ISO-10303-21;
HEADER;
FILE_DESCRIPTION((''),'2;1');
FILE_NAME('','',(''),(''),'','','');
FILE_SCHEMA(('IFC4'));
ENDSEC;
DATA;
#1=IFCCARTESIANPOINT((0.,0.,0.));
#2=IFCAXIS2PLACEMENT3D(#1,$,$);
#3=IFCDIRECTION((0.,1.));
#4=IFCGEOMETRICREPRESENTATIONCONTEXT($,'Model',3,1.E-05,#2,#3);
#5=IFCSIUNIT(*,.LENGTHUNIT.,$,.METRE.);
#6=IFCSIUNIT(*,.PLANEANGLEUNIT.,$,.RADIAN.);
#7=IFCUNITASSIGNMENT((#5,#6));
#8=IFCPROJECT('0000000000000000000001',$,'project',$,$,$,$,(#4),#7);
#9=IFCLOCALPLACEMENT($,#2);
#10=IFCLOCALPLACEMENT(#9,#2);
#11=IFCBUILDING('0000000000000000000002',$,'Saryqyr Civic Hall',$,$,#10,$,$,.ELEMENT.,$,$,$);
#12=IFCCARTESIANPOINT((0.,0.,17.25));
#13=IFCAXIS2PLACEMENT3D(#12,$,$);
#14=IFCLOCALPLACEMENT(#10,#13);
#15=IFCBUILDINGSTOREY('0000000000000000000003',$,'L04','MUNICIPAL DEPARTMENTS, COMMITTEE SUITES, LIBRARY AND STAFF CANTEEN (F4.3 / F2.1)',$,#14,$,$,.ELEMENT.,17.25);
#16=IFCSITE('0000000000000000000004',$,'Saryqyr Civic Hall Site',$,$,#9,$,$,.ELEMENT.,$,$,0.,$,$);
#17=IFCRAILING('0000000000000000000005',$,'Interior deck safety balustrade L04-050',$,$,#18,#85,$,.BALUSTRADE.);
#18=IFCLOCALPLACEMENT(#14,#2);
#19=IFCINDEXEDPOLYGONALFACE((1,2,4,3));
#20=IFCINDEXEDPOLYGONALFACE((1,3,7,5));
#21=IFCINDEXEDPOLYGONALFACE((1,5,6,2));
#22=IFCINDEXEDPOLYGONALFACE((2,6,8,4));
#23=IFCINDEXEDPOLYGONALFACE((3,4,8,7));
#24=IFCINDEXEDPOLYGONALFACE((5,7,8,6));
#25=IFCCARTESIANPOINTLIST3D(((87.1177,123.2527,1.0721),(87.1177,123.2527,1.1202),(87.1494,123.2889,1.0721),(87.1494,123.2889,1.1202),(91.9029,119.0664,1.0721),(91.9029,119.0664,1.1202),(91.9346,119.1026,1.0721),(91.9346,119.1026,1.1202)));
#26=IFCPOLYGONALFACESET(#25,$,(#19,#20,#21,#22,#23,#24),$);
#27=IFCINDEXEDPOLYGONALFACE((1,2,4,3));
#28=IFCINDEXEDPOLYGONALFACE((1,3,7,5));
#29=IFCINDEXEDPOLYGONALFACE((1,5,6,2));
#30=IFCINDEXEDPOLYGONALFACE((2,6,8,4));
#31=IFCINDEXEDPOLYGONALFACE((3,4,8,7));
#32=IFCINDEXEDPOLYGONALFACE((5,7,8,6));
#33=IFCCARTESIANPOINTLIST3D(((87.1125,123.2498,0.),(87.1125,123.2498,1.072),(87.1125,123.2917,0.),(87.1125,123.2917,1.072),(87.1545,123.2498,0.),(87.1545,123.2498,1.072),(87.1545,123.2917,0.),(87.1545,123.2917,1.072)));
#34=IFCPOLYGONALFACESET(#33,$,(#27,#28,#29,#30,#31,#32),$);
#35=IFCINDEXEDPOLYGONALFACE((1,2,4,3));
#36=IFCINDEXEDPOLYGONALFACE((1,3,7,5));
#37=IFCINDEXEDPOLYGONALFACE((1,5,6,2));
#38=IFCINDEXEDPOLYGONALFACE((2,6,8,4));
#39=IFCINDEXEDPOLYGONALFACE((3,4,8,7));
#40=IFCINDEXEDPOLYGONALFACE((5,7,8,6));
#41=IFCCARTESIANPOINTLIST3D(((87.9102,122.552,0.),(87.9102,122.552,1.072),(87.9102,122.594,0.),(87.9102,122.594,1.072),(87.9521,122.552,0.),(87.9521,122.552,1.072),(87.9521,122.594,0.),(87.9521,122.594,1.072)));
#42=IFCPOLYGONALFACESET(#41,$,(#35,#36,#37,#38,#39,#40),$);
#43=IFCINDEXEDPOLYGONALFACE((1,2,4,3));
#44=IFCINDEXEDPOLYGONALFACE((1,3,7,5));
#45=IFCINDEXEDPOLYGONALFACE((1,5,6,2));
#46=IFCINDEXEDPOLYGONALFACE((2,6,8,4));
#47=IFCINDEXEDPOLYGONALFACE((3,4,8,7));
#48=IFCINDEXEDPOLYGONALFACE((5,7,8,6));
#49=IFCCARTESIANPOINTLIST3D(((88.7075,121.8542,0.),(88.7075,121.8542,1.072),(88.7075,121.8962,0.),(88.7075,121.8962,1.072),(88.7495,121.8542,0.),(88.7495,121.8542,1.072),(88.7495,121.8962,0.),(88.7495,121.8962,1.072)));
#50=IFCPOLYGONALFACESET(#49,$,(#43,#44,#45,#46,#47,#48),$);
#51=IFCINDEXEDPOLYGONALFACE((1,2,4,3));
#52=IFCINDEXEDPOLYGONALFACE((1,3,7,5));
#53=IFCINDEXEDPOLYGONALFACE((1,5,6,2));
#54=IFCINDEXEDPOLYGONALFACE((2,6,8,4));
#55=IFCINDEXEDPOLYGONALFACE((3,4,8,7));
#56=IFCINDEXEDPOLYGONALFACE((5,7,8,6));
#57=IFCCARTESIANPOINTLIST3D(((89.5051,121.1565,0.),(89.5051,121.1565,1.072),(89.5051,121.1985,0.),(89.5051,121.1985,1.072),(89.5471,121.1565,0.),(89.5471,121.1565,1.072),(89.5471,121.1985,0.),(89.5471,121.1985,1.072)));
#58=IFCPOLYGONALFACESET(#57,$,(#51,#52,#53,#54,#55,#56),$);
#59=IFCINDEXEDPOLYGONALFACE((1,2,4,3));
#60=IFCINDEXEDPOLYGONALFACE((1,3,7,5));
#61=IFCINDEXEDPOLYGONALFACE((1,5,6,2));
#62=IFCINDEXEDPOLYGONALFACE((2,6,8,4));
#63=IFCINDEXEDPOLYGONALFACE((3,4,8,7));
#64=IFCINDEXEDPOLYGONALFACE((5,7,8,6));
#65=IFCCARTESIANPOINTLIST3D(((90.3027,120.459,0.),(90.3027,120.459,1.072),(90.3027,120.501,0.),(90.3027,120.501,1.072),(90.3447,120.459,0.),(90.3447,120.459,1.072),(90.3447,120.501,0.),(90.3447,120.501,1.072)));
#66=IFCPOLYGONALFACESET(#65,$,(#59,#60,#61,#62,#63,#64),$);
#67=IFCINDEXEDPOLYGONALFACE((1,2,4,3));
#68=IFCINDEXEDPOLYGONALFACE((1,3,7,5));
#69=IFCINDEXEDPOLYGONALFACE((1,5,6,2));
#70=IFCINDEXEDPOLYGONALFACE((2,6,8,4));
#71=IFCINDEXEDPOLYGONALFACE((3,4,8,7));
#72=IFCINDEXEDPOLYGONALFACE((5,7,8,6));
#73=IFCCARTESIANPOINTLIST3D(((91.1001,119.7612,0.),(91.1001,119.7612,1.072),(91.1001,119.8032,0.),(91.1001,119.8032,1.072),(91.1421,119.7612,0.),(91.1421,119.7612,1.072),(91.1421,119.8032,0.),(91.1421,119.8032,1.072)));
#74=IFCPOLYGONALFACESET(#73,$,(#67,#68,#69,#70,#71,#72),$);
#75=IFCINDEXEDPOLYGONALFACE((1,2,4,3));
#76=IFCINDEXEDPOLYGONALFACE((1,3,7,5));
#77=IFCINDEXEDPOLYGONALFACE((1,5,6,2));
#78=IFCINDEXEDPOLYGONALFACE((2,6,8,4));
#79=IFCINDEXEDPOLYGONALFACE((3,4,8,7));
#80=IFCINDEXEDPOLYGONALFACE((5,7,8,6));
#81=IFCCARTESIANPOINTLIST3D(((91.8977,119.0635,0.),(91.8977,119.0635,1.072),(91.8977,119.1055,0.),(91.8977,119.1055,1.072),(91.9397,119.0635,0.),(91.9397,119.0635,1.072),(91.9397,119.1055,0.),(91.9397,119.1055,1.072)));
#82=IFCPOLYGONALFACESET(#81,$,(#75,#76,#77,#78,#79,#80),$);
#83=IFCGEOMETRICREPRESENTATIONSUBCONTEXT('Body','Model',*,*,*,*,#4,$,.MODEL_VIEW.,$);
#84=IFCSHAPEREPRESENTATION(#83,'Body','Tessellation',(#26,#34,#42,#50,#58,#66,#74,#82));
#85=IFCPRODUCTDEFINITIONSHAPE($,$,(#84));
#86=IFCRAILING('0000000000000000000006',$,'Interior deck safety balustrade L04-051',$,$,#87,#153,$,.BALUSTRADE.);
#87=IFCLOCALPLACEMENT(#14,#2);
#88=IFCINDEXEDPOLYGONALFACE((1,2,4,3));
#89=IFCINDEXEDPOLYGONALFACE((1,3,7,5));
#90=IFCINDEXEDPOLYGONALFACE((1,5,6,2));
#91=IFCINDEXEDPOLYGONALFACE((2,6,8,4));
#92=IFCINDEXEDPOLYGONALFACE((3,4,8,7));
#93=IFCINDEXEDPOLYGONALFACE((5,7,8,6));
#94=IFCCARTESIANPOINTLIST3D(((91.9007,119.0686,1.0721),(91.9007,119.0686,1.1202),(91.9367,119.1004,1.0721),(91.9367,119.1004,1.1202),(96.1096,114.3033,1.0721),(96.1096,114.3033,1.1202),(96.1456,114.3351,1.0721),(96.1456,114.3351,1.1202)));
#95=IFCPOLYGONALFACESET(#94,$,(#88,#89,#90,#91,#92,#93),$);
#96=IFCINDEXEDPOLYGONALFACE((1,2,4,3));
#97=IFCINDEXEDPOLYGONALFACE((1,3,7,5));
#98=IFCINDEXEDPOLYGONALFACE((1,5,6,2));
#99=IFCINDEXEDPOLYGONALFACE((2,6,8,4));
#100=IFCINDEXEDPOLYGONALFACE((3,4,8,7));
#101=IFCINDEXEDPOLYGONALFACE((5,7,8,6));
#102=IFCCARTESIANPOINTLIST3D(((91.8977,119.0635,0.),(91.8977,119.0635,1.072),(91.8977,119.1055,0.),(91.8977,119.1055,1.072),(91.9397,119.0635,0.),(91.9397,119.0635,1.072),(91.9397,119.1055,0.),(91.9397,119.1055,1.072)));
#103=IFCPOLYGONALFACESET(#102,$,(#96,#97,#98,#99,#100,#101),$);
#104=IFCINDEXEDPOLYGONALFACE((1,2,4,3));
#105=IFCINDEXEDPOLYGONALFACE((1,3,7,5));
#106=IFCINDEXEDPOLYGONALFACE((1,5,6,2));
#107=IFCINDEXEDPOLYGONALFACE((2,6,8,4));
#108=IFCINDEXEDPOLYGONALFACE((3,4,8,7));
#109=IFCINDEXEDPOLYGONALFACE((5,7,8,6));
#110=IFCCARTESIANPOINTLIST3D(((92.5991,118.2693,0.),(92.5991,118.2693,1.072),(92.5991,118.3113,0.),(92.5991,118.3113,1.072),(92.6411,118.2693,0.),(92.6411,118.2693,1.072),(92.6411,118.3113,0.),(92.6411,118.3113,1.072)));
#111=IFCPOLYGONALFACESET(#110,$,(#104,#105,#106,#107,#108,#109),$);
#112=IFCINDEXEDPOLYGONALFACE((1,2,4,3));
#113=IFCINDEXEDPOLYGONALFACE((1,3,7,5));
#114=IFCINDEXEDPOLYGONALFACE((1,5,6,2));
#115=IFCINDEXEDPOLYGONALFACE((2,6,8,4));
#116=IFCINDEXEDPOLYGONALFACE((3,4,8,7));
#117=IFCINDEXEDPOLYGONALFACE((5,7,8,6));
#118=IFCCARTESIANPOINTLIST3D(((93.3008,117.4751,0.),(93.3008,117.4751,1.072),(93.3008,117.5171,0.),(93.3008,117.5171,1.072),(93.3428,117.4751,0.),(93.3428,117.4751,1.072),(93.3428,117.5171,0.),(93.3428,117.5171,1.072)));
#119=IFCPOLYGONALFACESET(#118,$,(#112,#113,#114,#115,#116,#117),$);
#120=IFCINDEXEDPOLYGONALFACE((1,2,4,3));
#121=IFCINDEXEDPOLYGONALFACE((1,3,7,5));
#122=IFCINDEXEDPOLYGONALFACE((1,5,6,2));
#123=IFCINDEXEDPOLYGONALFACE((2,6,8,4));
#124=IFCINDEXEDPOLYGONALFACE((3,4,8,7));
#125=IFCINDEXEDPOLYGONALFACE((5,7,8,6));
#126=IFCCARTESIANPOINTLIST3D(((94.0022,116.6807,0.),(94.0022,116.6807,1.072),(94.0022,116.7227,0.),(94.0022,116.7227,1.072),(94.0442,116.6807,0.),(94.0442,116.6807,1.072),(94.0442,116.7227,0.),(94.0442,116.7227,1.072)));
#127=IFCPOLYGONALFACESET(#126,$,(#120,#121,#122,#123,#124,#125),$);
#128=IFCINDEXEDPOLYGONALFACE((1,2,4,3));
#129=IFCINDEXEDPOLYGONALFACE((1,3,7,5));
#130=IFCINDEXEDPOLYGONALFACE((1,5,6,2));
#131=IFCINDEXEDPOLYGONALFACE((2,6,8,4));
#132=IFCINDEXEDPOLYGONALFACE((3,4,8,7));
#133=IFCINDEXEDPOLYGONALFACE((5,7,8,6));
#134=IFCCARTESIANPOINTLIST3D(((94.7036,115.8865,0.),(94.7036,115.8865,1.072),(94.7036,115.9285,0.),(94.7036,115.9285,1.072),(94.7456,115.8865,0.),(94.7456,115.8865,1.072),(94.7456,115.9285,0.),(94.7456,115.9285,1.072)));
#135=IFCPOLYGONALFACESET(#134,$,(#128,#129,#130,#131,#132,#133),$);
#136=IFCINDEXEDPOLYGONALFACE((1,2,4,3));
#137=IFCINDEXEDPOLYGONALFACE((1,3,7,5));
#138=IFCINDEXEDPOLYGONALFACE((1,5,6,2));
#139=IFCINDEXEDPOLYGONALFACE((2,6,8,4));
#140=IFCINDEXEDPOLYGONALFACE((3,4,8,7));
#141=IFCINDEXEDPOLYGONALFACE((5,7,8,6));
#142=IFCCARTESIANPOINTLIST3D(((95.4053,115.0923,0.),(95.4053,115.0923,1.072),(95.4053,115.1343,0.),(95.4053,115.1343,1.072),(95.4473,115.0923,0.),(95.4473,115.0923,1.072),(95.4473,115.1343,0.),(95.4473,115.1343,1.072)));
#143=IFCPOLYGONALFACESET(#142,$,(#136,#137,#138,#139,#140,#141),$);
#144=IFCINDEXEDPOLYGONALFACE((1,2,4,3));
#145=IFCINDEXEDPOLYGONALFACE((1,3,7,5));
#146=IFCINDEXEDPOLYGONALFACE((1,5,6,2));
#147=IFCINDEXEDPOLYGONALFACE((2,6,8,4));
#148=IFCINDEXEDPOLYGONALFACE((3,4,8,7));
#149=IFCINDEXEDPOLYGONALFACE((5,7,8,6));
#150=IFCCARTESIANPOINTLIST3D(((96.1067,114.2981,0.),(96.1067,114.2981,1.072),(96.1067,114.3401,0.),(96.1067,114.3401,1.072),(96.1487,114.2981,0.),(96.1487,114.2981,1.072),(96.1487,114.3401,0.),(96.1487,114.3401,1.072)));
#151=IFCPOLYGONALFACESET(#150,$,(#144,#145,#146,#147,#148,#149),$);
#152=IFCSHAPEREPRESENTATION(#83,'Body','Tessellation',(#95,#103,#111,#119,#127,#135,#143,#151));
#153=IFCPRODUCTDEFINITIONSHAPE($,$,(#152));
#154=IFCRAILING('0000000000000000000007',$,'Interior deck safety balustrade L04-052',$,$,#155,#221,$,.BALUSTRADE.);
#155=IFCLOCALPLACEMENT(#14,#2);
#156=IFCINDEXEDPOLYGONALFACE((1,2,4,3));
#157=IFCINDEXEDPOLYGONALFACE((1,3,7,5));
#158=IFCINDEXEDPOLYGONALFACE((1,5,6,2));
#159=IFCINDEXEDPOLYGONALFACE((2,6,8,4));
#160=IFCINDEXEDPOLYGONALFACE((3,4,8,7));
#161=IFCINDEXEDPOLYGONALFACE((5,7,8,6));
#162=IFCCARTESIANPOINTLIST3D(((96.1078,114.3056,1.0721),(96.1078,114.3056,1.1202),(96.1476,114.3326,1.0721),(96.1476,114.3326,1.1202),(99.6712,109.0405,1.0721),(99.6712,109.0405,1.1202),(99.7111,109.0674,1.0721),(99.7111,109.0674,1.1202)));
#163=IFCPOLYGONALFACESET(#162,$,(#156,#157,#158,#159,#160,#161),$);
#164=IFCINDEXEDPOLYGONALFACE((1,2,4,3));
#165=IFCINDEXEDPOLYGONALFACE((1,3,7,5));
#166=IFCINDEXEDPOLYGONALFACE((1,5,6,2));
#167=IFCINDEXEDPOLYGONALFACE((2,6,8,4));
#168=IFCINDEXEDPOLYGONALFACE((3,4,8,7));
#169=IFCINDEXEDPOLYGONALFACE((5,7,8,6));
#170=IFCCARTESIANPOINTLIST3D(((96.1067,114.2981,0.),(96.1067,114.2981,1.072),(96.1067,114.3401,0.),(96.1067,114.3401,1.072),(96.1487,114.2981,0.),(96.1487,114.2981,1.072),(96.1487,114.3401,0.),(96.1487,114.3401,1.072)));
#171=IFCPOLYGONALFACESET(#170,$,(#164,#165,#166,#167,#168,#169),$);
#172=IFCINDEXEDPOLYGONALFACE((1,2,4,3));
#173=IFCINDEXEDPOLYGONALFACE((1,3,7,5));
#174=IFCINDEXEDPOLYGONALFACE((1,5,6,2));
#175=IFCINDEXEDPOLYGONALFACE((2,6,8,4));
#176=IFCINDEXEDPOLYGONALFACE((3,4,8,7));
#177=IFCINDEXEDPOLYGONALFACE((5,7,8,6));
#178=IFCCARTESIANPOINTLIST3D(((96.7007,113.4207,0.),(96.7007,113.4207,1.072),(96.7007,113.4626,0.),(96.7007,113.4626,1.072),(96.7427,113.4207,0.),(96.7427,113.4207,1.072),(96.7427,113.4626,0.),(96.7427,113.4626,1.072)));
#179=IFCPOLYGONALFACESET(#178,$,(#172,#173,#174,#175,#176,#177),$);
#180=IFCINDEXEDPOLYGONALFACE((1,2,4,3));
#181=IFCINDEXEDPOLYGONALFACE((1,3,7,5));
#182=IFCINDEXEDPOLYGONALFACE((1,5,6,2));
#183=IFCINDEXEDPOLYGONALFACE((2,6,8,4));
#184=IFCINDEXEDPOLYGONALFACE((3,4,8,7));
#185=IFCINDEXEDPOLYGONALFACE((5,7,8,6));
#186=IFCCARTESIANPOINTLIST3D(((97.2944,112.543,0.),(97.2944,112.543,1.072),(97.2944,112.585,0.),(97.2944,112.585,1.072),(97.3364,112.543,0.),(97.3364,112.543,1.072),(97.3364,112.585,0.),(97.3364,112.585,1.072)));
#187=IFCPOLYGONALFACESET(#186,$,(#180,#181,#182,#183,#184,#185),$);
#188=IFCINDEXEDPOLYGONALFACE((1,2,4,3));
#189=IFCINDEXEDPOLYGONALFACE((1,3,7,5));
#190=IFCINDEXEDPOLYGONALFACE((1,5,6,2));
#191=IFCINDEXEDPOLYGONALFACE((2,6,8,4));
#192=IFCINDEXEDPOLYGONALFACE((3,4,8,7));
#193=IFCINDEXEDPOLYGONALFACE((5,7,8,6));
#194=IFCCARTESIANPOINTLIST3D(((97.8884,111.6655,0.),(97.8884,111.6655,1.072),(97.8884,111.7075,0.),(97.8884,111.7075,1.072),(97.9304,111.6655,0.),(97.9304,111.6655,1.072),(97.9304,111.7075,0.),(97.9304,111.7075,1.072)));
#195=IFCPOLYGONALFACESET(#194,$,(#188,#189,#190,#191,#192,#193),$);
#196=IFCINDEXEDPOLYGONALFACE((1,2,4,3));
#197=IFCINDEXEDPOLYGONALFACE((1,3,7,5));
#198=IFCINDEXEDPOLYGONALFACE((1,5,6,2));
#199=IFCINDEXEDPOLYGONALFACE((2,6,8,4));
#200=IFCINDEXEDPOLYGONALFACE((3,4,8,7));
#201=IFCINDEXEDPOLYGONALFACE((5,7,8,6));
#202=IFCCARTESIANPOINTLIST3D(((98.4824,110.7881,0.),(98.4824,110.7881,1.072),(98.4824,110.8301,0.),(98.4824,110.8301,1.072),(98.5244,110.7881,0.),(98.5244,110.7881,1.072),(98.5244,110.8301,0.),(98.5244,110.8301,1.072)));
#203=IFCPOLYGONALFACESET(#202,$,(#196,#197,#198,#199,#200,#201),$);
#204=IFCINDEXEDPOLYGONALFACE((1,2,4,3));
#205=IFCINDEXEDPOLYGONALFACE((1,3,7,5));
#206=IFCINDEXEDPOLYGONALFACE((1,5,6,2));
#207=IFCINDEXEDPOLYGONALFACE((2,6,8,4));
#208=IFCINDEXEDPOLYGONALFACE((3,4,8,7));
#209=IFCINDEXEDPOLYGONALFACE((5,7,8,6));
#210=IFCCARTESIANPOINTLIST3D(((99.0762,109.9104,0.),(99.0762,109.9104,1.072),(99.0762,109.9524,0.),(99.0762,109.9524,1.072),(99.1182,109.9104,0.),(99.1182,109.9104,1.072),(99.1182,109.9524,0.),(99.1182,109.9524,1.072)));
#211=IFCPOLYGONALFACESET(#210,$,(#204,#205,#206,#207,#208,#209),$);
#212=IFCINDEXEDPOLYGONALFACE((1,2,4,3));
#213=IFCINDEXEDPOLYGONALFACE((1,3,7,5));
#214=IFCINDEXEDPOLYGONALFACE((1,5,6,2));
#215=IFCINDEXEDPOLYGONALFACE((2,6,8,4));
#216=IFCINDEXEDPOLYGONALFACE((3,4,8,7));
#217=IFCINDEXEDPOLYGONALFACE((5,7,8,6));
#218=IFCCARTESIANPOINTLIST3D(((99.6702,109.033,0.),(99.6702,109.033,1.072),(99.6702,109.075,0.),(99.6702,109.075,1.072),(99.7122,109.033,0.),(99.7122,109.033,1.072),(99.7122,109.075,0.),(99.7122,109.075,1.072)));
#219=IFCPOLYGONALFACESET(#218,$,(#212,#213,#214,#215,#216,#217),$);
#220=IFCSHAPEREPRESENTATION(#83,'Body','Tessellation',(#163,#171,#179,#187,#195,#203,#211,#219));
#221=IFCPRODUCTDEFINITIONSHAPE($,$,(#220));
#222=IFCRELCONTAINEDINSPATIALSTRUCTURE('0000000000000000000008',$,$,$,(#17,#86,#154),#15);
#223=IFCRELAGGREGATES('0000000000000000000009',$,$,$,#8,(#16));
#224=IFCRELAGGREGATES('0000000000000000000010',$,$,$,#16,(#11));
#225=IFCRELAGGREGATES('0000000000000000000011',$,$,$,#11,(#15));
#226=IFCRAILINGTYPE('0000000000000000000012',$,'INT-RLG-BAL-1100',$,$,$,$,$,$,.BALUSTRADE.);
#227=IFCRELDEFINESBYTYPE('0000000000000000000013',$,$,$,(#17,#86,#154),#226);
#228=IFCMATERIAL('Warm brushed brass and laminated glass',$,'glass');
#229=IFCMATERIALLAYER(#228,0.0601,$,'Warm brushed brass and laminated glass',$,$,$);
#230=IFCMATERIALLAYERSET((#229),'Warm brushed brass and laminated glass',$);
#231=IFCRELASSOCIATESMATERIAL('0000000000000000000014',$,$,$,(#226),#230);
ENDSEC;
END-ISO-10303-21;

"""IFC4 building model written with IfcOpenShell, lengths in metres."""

from ifc_helpers import new_model, si_unit, direction, frame, origin, origin_2d, place, context, subcontext, project, spatial, rectangle, extrude, material, layer, layer_set, type_object, element, save


model = new_model("IFC4")

# Units and contexts
model_context = context("Model", 3, precision=1e-05, world=origin(), true_north=direction((0.0, 1.0)))
body_context = subcontext(model_context, "Body", "Model", "MODEL_VIEW")
ifc_project = project(units=[si_unit("LENGTHUNIT", "METRE"), si_unit("PLANEANGLEUNIT", "RADIAN")], contexts=[model_context])

# Site, building, storey
site_placement = place(None, origin())
site = spatial("IfcSite", under=ifc_project, at=site_placement, Name="Saryqyr Civic Hall Site", CompositionType="ELEMENT", RefElevation=0.0)
building_placement = place(site_placement, origin())
building = spatial("IfcBuilding", under=site, at=building_placement, Name="Saryqyr Civic Hall", CompositionType="ELEMENT")
storey_placement = place(building_placement, frame((0.0, 0.0, 17.25)))
storey = spatial("IfcBuildingStorey", under=building, at=storey_placement, Name="L04", Description="MUNICIPAL DEPARTMENTS, COMMITTEE SUITES, LIBRARY AND STAFF CANTEEN (F4.3 / F2.1)", CompositionType="ELEMENT", Elevation=17.25)

# Railings
ifc_material_1 = material(Name="Warm brushed brass and laminated glass", Category="glass")
ifc_layer_1 = layer(ifc_material_1, 0.0601, Name="Warm brushed brass and laminated glass")
ifc_layer_set_1 = layer_set([ifc_layer_1], Name="Warm brushed brass and laminated glass")
railing_type = type_object("IfcRailingType", Name="INT-RLG-BAL-1100", PredefinedType="BALUSTRADE", material=ifc_layer_set_1)
railing_1_placement = place(storey_placement, frame((87.1335, 123.2708, 0.0)))
element("IfcRailing", 1, at=railing_1_placement, inside=storey, type_object=railing_type, Name="Interior deck safety balustrade L04-050", PredefinedType="BALUSTRADE", context=body_context, shape_type="SweptSolid", body=[
    extrude(rectangle(XDim=0.0481, YDim=0.0481, at=origin_2d()), frame((0.0, 0.0, 1.0962), z_axis=(0.752634, -0.658439, 0.0), x_axis=(0.658439, 0.752634, 0.0)), (0.0, 0.0, 1.0), 6.3579),
    extrude(rectangle(XDim=0.042, YDim=0.042, at=origin_2d()), origin(), (0.0, 0.0, 1.0), 1.072),
    extrude(rectangle(XDim=0.042, YDim=0.042, at=origin_2d()), frame((0.7976, -0.6978, 0.0)), (0.0, 0.0, 1.0), 1.072),
    extrude(rectangle(XDim=0.042, YDim=0.042, at=origin_2d()), frame((1.595, -1.3955, 0.0)), (0.0, 0.0, 1.0), 1.072),
    extrude(rectangle(XDim=0.042, YDim=0.042, at=origin_2d()), frame((2.3926, -2.0933, 0.0)), (0.0, 0.0, 1.0), 1.072),
    extrude(rectangle(XDim=0.042, YDim=0.042, at=origin_2d()), frame((3.1902, -2.7908, 0.0)), (0.0, 0.0, 1.0), 1.072),
    extrude(rectangle(XDim=0.042, YDim=0.042, at=origin_2d()), frame((3.9875, -3.4885, 0.0)), (0.0, 0.0, 1.0), 1.072),
    extrude(rectangle(XDim=0.042, YDim=0.042, at=origin_2d()), frame((4.7852, -4.1863, 0.0)), (0.0, 0.0, 1.0), 1.072),
])
railing_2_placement = place(storey_placement, frame((91.9187, 119.0845, 0.0)))
element("IfcRailing", 2, at=railing_2_placement, inside=storey, type_object=railing_type, Name="Interior deck safety balustrade L04-051", PredefinedType="BALUSTRADE", context=body_context, shape_type="SweptSolid", body=[
    extrude(rectangle(XDim=0.0481, YDim=0.0481, at=origin_2d()), frame((0.0, 0.0, 1.0962), z_axis=(0.661996, -0.749507, 0.0), x_axis=(0.749507, 0.661996, 0.0)), (0.0, 0.0, 1.0), 6.3579),
    extrude(rectangle(XDim=0.042, YDim=0.042, at=origin_2d()), origin(), (0.0, 0.0, 1.0), 1.072),
    extrude(rectangle(XDim=0.042, YDim=0.042, at=origin_2d()), frame((0.7014, -0.7942, 0.0)), (0.0, 0.0, 1.0), 1.072),
    extrude(rectangle(XDim=0.042, YDim=0.042, at=origin_2d()), frame((1.4031, -1.5884, 0.0)), (0.0, 0.0, 1.0), 1.072),
    extrude(rectangle(XDim=0.042, YDim=0.042, at=origin_2d()), frame((2.1045, -2.3828, 0.0)), (0.0, 0.0, 1.0), 1.072),
    extrude(rectangle(XDim=0.042, YDim=0.042, at=origin_2d()), frame((2.8059, -3.177, 0.0)), (0.0, 0.0, 1.0), 1.072),
    extrude(rectangle(XDim=0.042, YDim=0.042, at=origin_2d()), frame((3.5076, -3.9712, 0.0)), (0.0, 0.0, 1.0), 1.072),
    extrude(rectangle(XDim=0.042, YDim=0.042, at=origin_2d()), frame((4.209, -4.7654, 0.0)), (0.0, 0.0, 1.0), 1.072),
])
railing_3_placement = place(storey_placement, frame((96.1277, 114.3191, 0.0)))
element("IfcRailing", 3, at=railing_3_placement, inside=storey, type_object=railing_type, Name="Interior deck safety balustrade L04-052", PredefinedType="BALUSTRADE", context=body_context, shape_type="SweptSolid", body=[
    extrude(rectangle(XDim=0.0481, YDim=0.0481, at=origin_2d()), frame((0.0, 0.0, 1.0962), z_axis=(0.5605, -0.828154, 0.0), x_axis=(0.828154, 0.5605, 0.0)), (0.0, 0.0, 1.0), 6.3577),
    extrude(rectangle(XDim=0.042, YDim=0.042, at=origin_2d()), origin(), (0.0, 0.0, 1.0), 1.072),
    extrude(rectangle(XDim=0.042, YDim=0.042, at=origin_2d()), frame((0.594, -0.8774, 0.0)), (0.0, 0.0, 1.0), 1.072),
    extrude(rectangle(XDim=0.042, YDim=0.042, at=origin_2d()), frame((1.1877, -1.7551, 0.0)), (0.0, 0.0, 1.0), 1.072),
    extrude(rectangle(XDim=0.042, YDim=0.042, at=origin_2d()), frame((1.7817, -2.6326, 0.0)), (0.0, 0.0, 1.0), 1.072),
    extrude(rectangle(XDim=0.042, YDim=0.042, at=origin_2d()), frame((2.3757, -3.51, 0.0)), (0.0, 0.0, 1.0), 1.072),
    extrude(rectangle(XDim=0.042, YDim=0.042, at=origin_2d()), frame((2.9695, -4.3877, 0.0)), (0.0, 0.0, 1.0), 1.072),
    extrude(rectangle(XDim=0.042, YDim=0.042, at=origin_2d()), frame((3.5635, -5.2651, 0.0)), (0.0, 0.0, 1.0), 1.072),
])

save(model, "model.ifc")
